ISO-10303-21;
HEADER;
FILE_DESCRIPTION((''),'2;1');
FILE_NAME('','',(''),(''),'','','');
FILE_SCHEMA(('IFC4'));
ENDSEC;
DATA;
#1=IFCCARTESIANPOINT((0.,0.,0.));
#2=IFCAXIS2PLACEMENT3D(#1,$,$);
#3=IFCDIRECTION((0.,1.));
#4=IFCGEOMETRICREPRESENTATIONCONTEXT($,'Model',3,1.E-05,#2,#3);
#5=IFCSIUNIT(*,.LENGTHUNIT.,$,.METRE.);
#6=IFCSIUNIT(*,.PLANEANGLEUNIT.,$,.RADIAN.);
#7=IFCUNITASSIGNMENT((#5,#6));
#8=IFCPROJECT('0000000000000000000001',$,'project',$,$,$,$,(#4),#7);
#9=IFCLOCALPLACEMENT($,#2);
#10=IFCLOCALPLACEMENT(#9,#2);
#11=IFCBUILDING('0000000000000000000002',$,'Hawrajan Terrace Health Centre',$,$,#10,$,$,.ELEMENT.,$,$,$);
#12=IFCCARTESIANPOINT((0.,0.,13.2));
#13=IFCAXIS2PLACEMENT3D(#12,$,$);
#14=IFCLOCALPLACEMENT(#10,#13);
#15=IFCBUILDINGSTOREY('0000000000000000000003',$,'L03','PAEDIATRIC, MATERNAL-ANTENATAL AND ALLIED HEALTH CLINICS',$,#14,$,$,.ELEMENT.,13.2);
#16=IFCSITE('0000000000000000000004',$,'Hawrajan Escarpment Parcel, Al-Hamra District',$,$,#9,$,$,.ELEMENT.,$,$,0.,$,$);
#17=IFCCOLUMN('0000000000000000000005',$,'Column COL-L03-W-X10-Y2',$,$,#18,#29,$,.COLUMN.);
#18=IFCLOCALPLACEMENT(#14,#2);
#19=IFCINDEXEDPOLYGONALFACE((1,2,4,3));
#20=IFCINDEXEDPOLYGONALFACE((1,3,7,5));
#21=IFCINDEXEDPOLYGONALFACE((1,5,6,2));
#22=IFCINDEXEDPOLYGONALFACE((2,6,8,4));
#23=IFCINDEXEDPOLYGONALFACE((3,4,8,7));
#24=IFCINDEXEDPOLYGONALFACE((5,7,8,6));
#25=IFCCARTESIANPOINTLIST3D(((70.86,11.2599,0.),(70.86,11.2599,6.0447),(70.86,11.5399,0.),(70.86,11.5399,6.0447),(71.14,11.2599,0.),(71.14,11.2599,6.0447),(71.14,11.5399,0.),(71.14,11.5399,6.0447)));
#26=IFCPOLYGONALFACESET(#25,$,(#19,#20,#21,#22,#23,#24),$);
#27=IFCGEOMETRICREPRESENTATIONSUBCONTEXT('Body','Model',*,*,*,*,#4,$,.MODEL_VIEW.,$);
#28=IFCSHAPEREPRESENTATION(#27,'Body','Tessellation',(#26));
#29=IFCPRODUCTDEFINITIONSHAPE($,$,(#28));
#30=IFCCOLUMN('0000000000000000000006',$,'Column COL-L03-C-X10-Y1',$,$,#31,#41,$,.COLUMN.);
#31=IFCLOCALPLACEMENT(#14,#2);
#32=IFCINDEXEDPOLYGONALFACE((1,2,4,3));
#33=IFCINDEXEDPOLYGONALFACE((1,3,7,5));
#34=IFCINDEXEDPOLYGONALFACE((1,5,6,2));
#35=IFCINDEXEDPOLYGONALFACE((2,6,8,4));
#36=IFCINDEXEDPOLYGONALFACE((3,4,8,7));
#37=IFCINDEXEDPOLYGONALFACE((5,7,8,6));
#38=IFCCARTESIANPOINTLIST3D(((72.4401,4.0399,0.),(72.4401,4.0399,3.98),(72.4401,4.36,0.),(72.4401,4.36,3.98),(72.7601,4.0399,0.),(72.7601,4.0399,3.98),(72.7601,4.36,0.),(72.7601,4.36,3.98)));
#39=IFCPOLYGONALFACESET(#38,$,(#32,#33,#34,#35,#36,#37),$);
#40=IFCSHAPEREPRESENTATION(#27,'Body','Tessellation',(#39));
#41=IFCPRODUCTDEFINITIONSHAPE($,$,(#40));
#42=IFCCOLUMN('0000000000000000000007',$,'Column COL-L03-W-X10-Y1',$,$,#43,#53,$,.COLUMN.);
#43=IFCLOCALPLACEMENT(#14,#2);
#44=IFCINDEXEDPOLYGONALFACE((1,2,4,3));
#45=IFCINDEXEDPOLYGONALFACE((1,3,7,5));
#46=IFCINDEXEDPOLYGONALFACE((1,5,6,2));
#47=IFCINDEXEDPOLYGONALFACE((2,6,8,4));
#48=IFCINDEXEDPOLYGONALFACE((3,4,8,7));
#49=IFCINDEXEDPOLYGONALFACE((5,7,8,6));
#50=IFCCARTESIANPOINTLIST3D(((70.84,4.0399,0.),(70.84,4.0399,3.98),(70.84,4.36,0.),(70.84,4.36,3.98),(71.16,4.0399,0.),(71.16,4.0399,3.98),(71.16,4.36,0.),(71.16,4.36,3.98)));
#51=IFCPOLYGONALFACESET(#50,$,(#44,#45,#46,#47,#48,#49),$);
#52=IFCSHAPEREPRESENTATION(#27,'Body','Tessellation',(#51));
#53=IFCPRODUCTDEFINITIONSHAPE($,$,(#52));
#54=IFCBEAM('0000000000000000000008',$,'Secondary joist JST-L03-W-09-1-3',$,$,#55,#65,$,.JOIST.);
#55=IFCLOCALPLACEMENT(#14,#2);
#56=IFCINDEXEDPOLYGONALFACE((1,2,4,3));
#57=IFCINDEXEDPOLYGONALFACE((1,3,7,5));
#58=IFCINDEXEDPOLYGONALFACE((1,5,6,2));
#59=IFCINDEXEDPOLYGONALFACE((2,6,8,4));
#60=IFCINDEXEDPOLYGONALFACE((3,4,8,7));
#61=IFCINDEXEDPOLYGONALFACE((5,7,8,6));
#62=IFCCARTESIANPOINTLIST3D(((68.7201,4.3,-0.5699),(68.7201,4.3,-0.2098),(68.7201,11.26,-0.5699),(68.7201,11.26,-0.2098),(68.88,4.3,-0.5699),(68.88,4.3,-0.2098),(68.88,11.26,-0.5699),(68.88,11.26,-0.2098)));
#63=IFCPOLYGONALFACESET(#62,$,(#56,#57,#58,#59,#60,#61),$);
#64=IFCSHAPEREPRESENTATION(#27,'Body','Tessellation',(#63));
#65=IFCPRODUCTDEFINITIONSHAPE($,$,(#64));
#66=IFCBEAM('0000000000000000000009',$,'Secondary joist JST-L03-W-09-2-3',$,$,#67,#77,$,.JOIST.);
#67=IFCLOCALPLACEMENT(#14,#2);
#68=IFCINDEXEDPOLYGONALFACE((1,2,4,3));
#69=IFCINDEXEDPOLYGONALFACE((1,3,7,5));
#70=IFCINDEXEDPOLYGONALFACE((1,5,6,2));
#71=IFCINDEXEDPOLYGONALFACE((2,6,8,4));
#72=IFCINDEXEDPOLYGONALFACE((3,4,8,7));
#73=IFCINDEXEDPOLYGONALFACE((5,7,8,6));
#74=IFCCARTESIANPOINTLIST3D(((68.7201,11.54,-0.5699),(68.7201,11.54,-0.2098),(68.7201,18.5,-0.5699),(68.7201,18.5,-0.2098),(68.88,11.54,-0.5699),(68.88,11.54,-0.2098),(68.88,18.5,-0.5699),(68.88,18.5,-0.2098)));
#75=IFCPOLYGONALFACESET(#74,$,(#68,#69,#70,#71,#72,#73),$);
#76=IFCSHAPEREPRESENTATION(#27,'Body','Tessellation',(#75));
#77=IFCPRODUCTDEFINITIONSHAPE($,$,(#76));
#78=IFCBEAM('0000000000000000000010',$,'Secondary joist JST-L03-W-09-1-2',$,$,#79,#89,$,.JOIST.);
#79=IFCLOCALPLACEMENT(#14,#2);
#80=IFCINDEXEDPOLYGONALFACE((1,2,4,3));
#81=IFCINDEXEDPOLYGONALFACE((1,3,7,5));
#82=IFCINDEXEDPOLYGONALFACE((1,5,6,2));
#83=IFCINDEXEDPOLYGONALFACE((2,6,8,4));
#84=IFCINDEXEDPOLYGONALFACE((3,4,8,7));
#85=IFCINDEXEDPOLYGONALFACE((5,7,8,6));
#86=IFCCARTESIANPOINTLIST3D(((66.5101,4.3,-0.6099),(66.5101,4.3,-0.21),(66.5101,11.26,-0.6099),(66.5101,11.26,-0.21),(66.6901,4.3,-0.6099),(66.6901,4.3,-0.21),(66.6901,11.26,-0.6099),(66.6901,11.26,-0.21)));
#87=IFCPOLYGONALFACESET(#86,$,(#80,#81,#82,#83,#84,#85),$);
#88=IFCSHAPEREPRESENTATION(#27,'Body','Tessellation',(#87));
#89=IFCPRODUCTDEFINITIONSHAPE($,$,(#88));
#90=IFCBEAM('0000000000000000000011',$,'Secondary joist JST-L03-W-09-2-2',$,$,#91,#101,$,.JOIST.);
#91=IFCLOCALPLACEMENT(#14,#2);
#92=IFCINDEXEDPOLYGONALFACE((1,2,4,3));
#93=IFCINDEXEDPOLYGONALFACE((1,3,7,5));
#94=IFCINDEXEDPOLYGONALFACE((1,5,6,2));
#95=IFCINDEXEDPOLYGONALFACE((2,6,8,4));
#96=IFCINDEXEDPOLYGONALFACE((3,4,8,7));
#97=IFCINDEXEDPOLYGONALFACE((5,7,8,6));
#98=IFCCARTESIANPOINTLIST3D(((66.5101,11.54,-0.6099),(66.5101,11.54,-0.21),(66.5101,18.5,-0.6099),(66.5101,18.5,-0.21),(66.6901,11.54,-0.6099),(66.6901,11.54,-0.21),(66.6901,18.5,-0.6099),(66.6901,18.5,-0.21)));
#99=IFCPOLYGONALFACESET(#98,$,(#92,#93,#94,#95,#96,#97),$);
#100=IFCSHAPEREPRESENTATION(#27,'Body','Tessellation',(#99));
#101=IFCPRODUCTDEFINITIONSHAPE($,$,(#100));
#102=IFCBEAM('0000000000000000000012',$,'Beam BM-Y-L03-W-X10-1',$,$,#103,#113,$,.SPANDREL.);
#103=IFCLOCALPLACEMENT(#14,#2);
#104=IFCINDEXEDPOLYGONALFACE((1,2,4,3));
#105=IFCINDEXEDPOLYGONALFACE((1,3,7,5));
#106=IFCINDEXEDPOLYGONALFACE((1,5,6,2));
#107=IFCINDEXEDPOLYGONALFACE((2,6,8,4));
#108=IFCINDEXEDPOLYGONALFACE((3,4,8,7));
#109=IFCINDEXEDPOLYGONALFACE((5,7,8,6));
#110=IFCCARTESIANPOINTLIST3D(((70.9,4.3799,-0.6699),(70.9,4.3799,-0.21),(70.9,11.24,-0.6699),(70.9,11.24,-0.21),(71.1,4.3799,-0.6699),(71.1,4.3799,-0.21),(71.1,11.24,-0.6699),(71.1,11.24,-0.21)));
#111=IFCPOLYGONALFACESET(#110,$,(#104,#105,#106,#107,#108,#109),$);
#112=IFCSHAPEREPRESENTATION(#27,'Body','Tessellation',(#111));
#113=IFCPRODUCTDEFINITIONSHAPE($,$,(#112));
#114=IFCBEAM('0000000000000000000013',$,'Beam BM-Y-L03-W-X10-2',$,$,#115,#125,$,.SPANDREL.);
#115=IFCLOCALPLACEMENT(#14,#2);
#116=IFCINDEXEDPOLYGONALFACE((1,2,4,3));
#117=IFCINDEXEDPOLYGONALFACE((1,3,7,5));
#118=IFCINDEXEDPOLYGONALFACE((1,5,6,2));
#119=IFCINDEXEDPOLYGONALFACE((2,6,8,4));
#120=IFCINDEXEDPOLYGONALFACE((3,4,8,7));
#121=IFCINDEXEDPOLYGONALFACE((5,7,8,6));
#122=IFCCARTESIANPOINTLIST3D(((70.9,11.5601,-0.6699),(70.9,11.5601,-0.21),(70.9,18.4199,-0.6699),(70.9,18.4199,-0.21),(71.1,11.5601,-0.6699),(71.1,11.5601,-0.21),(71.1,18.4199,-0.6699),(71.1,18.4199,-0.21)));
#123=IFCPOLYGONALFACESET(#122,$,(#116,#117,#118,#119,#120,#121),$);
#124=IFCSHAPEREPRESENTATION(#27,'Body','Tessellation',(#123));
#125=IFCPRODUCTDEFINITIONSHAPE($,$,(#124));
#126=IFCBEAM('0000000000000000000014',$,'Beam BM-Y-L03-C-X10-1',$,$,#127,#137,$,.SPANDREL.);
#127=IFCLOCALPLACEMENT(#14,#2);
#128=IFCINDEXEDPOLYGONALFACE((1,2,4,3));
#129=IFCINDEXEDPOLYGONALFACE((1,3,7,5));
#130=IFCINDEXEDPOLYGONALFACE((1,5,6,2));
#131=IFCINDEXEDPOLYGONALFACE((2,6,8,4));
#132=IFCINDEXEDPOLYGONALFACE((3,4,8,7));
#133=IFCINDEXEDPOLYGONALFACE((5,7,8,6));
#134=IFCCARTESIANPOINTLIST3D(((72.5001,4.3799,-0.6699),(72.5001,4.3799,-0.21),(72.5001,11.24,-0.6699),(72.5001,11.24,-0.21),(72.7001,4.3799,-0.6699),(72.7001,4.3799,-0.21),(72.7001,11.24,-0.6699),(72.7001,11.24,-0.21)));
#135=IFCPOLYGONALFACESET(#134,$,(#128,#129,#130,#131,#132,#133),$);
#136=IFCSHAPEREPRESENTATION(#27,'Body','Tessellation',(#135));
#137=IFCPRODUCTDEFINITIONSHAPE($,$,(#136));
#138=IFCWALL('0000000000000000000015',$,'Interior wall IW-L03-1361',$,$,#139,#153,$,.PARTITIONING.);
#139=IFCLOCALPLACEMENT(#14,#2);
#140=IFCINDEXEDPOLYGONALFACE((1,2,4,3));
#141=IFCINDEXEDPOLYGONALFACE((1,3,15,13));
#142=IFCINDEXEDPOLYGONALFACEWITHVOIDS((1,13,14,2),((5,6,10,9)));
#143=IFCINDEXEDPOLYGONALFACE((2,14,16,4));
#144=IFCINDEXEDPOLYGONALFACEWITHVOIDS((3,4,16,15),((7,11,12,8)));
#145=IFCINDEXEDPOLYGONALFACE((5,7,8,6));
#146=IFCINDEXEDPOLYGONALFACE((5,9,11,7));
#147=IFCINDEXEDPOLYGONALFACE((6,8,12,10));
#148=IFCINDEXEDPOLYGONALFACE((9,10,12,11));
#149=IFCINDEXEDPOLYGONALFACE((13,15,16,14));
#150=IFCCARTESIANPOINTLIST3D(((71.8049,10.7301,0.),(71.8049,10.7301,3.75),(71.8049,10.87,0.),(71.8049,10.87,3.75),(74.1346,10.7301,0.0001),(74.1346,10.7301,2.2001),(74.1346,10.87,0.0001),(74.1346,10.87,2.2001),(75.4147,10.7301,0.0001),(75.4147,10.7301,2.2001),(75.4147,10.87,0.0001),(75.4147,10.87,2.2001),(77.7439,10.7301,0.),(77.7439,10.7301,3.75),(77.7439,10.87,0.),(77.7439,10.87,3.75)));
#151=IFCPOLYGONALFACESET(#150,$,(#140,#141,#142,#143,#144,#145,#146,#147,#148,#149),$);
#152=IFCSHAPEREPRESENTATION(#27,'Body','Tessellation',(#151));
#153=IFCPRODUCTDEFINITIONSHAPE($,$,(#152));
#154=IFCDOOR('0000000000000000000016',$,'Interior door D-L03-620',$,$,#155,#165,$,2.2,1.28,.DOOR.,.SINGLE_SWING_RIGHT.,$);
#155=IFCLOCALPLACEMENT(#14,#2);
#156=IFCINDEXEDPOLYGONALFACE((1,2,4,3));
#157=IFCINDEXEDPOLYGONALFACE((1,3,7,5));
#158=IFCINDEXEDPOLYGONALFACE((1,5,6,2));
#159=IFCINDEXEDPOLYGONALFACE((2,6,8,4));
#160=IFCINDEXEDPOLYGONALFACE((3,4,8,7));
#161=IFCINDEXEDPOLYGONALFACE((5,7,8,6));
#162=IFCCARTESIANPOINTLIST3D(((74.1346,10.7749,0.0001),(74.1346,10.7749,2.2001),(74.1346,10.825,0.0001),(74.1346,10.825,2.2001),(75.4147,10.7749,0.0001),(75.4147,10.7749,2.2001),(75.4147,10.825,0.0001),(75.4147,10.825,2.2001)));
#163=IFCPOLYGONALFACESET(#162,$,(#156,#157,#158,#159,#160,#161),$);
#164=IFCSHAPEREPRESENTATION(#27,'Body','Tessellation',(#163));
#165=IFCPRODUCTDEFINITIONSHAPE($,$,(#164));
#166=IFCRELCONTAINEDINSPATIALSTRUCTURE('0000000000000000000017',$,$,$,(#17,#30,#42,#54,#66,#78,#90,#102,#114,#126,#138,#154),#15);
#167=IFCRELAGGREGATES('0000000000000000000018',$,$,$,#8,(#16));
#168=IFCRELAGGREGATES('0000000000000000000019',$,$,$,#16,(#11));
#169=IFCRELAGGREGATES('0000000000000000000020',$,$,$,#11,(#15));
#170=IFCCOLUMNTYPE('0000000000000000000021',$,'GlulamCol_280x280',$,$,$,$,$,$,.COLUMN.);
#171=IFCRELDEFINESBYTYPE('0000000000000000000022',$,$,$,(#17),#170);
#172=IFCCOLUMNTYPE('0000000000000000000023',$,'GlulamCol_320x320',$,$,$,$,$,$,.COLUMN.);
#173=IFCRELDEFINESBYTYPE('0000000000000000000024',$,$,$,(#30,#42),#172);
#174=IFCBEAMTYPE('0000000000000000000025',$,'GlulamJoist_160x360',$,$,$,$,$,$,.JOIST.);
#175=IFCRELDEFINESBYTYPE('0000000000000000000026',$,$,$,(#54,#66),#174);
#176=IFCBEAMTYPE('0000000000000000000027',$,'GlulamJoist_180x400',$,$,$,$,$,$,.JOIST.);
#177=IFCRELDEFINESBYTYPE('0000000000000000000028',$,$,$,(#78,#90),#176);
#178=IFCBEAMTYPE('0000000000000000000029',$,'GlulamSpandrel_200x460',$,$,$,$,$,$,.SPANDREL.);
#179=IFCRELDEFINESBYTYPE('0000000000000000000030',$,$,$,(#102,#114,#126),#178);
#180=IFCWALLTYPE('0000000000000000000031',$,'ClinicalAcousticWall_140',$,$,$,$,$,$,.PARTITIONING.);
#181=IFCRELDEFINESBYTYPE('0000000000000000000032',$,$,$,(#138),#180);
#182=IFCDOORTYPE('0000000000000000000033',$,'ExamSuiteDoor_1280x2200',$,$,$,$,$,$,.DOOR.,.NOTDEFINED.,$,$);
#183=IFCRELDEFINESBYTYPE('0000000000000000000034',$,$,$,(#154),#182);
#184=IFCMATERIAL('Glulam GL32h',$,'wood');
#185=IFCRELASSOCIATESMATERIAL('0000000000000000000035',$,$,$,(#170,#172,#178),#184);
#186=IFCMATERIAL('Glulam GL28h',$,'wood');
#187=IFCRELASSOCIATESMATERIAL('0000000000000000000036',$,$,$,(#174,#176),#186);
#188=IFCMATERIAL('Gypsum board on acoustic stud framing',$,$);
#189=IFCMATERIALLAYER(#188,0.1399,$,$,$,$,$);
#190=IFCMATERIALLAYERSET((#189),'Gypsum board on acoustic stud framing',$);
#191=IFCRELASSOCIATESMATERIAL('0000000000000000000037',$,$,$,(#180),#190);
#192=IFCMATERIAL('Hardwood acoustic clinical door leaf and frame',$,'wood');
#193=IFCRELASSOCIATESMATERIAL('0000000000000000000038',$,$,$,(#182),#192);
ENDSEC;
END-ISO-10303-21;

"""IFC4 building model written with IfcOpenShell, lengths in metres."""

from ifc_helpers import new_model, si_unit, direction, frame, frame_2d, origin, origin_2d, place, context, subcontext, project, spatial, rectangle, extrude, material, layer, layer_set, material_profile, profile_set, type_object, element, fill, save


model = new_model("IFC4")

# Units and contexts
model_context = context("Model", 3, precision=1e-05, world=origin(), true_north=direction((0.0, 1.0)))
body_context = subcontext(model_context, "Body", "Model", "MODEL_VIEW")
ifc_project = project(units=[si_unit("LENGTHUNIT", "METRE"), si_unit("PLANEANGLEUNIT", "RADIAN")], contexts=[model_context])

# Site, building, storey
site_placement = place(None, origin())
site = spatial("IfcSite", under=ifc_project, at=site_placement, Name="Hawrajan Escarpment Parcel, Al-Hamra District", CompositionType="ELEMENT", RefElevation=0.0)
building_placement = place(site_placement, origin())
building = spatial("IfcBuilding", under=site, at=building_placement, Name="Hawrajan Terrace Health Centre", CompositionType="ELEMENT")
storey_placement = place(building_placement, frame((0.0, 0.0, 13.2)))
storey = spatial("IfcBuildingStorey", under=building, at=storey_placement, Name="L03", Description="PAEDIATRIC, MATERNAL-ANTENATAL AND ALLIED HEALTH CLINICS", CompositionType="ELEMENT", Elevation=13.2)

# Columns
ifc_material_1 = material(Name="Glulam GL32h", Category="wood")
ifc_material_profile_1 = material_profile(ifc_material_1, rectangle(XDim=0.28, YDim=0.28, at=origin_2d()), Name="GL 280x280")
ifc_profile_set_1 = profile_set([ifc_material_profile_1], Name="Glulam GL32h")
column_type_1 = type_object("IfcColumnType", Name="GlulamCol_280x280", PredefinedType="COLUMN", material=ifc_profile_set_1)
column_placement = place(storey_placement, frame((71.0, 11.3999, 0.0), z_axis=(0.0, 0.0, 1.0), x_axis=(1.0, 0.0, 0.0)))
element("IfcColumn", 1, at=column_placement, inside=storey, type_object=column_type_1, Name="Column COL-L03-W-X10-Y2", PredefinedType="COLUMN", context=body_context, shape_type="SweptSolid", body=[
    extrude(rectangle(XDim=0.28, YDim=0.28, at=origin_2d()), origin(), (0.0, 0.0, 1.0), 6.0447),
])
ifc_material_profile_2 = material_profile(ifc_material_1, rectangle(XDim=0.3201, YDim=0.3201, at=origin_2d()), Name="GL 320x320")
ifc_profile_set_2 = profile_set([ifc_material_profile_2], Name="Glulam GL32h")
column_type_2 = type_object("IfcColumnType", Name="GlulamCol_320x320", PredefinedType="COLUMN", material=ifc_profile_set_2)
for number, where, z_axis, x_axis, name in (
    (2, (72.6001, 4.2, 0.0), (0.0, 0.0, 1.0), (1.0, 0.0, 0.0), "Column COL-L03-C-X10-Y1"),
    (3, (71.0, 4.2, 0.0), (0.0, 0.0, 1.0), (1.0, 0.0, 0.0), "Column COL-L03-W-X10-Y1"),
):
    element("IfcColumn", number, at=place(storey_placement, frame(where, z_axis=z_axis, x_axis=x_axis)), inside=storey, type_object=column_type_2, Name=name, PredefinedType="COLUMN", context=body_context, shape_type="SweptSolid", body=[
        extrude(rectangle(XDim=0.3201, YDim=0.3201, at=origin_2d()), origin(), (0.0, 0.0, 1.0), 3.98),
    ])

# Beams
ifc_material_2 = material(Name="Glulam GL28h", Category="wood")
ifc_material_profile_3 = material_profile(ifc_material_2, rectangle(XDim=0.1599, YDim=0.3601, at=origin_2d()), Name="GL JST 160x360")
ifc_profile_set_3 = profile_set([ifc_material_profile_3], Name="Glulam GL28h")
beam_type_1 = type_object("IfcBeamType", Name="GlulamJoist_160x360", PredefinedType="JOIST", material=ifc_profile_set_3)
for number, where, z_axis, x_axis, name in (
    (4, (68.8, 4.3, -0.3899), (0.0, 1.0, 0.0), (-1.0, 0.0, 0.0), "Secondary joist JST-L03-W-09-1-3"),
    (5, (68.8, 11.54, -0.3899), (0.0, 1.0, 0.0), (-1.0, 0.0, 0.0), "Secondary joist JST-L03-W-09-2-3"),
):
    element("IfcBeam", number, at=place(storey_placement, frame(where, z_axis=z_axis, x_axis=x_axis)), inside=storey, type_object=beam_type_1, Name=name, PredefinedType="JOIST", context=body_context, shape_type="SweptSolid", body=[
        extrude(rectangle(XDim=0.1599, YDim=0.3601, at=origin_2d()), origin(), (0.0, 0.0, 1.0), 6.96),
    ])
ifc_material_profile_4 = material_profile(ifc_material_2, rectangle(XDim=0.1799, YDim=0.3999, at=origin_2d()), Name="GL JST 180x400")
ifc_profile_set_4 = profile_set([ifc_material_profile_4], Name="Glulam GL28h")
beam_type_2 = type_object("IfcBeamType", Name="GlulamJoist_180x400", PredefinedType="JOIST", material=ifc_profile_set_4)
for number, where, z_axis, x_axis, name in (
    (6, (66.6001, 4.3, -0.4099), (0.0, 1.0, 0.0), (-1.0, 0.0, 0.0), "Secondary joist JST-L03-W-09-1-2"),
    (7, (66.6001, 11.54, -0.4099), (0.0, 1.0, 0.0), (-1.0, 0.0, 0.0), "Secondary joist JST-L03-W-09-2-2"),
):
    element("IfcBeam", number, at=place(storey_placement, frame(where, z_axis=z_axis, x_axis=x_axis)), inside=storey, type_object=beam_type_2, Name=name, PredefinedType="JOIST", context=body_context, shape_type="SweptSolid", body=[
        extrude(rectangle(XDim=0.1799, YDim=0.3999, at=origin_2d()), origin(), (0.0, 0.0, 1.0), 6.96),
    ])
ifc_material_profile_5 = material_profile(ifc_material_1, rectangle(XDim=0.2, YDim=0.46, at=origin_2d()), Name="GL SP 200x460")
ifc_profile_set_5 = profile_set([ifc_material_profile_5], Name="Glulam GL32h")
beam_type_3 = type_object("IfcBeamType", Name="GlulamSpandrel_200x460", PredefinedType="SPANDREL", material=ifc_profile_set_5)
beam_1_placement = place(storey_placement, frame((71.0, 4.3799, -0.4399), z_axis=(0.0, 1.0, 0.0), x_axis=(-1.0, 0.0, 0.0)))
element("IfcBeam", 8, at=beam_1_placement, inside=storey, type_object=beam_type_3, Name="Beam BM-Y-L03-W-X10-1", PredefinedType="SPANDREL", context=body_context, shape_type="SweptSolid", body=[
    extrude(rectangle(XDim=0.2, YDim=0.46, at=origin_2d()), origin(), (0.0, 0.0, 1.0), 6.8601),
])
beam_2_placement = place(storey_placement, frame((71.0, 11.5601, -0.4399), z_axis=(0.0, 1.0, 0.0), x_axis=(-1.0, 0.0, 0.0)))
element("IfcBeam", 9, at=beam_2_placement, inside=storey, type_object=beam_type_3, Name="Beam BM-Y-L03-W-X10-2", PredefinedType="SPANDREL", context=body_context, shape_type="SweptSolid", body=[
    extrude(rectangle(XDim=0.2, YDim=0.46, at=origin_2d()), origin(), (0.0, 0.0, 1.0), 6.8599),
])
beam_3_placement = place(storey_placement, frame((72.6001, 4.3799, -0.4399), z_axis=(0.0, 1.0, 0.0), x_axis=(-1.0, 0.0, 0.0)))
element("IfcBeam", 10, at=beam_3_placement, inside=storey, type_object=beam_type_3, Name="Beam BM-Y-L03-C-X10-1", PredefinedType="SPANDREL", context=body_context, shape_type="SweptSolid", body=[
    extrude(rectangle(XDim=0.2, YDim=0.46, at=origin_2d()), origin(), (0.0, 0.0, 1.0), 6.8601),
])

# Wall, opening, door
ifc_material_3 = material(Name="Gypsum board on acoustic stud framing")
ifc_layer_1 = layer(ifc_material_3, 0.1399)
ifc_layer_set_1 = layer_set([ifc_layer_1], Name="Gypsum board on acoustic stud framing")
wall_type_1 = type_object("IfcWallType", Name="ClinicalAcousticWall_140", PredefinedType="PARTITIONING", material=ifc_layer_set_1)
wall_1_placement = place(storey_placement, frame((71.8049, 10.8, 0.0), z_axis=(0.0, 0.0, 1.0), x_axis=(1.0, 0.0, 0.0)))
wall_1 = element("IfcWall", 11, at=wall_1_placement, inside=storey, type_object=wall_type_1, Name="Interior wall IW-L03-1361", PredefinedType="PARTITIONING", context=body_context, shape_type="SweptSolid", body=[
    extrude(rectangle(XDim=5.939, YDim=0.1399, at=frame_2d((2.9695, 0.0))), origin(), (0.0, 0.0, 1.0), 3.75),
])
opening_1_placement = place(wall_1_placement, frame((2.3296, 0.0, 0.0)))
opening_1 = element("IfcOpeningElement", 12, at=opening_1_placement, cuts=wall_1, PredefinedType="OPENING", context=body_context, shape_type="SweptSolid", body=[
    extrude(rectangle(XDim=1.28, YDim=2.2, at=frame_2d((0.6401, 1.1001))), frame((0.0, 0.0798, 0.0), z_axis=(0.0, -1.0, 0.0), x_axis=(1.0, 0.0, 0.0)), (0.0, 0.0, 1.0), 0.1599),
])
ifc_material_4 = material(Name="Hardwood acoustic clinical door leaf and frame", Category="wood")
door_type_1 = type_object("IfcDoorType", Name="ExamSuiteDoor_1280x2200", OperationType="NOTDEFINED", PredefinedType="DOOR", material=ifc_material_4)
door_1_placement = place(opening_1_placement, origin())
door_1 = element("IfcDoor", 13, at=door_1_placement, inside=storey, type_object=door_type_1, Name="Interior door D-L03-620", OperationType="SINGLE_SWING_RIGHT", OverallHeight=2.2, OverallWidth=1.28, PredefinedType="DOOR", context=body_context, shape_type="SweptSolid", body=[
    extrude(rectangle(XDim=1.28, YDim=2.2, at=frame_2d((0.6401, 1.1001))), frame((0.0, 0.0249, 0.0), z_axis=(0.0, -1.0, 0.0), x_axis=(1.0, 0.0, 0.0)), (0.0, 0.0, 1.0), 0.05),
])
fill(opening_1, door_1)

save(model, "model.ifc")
